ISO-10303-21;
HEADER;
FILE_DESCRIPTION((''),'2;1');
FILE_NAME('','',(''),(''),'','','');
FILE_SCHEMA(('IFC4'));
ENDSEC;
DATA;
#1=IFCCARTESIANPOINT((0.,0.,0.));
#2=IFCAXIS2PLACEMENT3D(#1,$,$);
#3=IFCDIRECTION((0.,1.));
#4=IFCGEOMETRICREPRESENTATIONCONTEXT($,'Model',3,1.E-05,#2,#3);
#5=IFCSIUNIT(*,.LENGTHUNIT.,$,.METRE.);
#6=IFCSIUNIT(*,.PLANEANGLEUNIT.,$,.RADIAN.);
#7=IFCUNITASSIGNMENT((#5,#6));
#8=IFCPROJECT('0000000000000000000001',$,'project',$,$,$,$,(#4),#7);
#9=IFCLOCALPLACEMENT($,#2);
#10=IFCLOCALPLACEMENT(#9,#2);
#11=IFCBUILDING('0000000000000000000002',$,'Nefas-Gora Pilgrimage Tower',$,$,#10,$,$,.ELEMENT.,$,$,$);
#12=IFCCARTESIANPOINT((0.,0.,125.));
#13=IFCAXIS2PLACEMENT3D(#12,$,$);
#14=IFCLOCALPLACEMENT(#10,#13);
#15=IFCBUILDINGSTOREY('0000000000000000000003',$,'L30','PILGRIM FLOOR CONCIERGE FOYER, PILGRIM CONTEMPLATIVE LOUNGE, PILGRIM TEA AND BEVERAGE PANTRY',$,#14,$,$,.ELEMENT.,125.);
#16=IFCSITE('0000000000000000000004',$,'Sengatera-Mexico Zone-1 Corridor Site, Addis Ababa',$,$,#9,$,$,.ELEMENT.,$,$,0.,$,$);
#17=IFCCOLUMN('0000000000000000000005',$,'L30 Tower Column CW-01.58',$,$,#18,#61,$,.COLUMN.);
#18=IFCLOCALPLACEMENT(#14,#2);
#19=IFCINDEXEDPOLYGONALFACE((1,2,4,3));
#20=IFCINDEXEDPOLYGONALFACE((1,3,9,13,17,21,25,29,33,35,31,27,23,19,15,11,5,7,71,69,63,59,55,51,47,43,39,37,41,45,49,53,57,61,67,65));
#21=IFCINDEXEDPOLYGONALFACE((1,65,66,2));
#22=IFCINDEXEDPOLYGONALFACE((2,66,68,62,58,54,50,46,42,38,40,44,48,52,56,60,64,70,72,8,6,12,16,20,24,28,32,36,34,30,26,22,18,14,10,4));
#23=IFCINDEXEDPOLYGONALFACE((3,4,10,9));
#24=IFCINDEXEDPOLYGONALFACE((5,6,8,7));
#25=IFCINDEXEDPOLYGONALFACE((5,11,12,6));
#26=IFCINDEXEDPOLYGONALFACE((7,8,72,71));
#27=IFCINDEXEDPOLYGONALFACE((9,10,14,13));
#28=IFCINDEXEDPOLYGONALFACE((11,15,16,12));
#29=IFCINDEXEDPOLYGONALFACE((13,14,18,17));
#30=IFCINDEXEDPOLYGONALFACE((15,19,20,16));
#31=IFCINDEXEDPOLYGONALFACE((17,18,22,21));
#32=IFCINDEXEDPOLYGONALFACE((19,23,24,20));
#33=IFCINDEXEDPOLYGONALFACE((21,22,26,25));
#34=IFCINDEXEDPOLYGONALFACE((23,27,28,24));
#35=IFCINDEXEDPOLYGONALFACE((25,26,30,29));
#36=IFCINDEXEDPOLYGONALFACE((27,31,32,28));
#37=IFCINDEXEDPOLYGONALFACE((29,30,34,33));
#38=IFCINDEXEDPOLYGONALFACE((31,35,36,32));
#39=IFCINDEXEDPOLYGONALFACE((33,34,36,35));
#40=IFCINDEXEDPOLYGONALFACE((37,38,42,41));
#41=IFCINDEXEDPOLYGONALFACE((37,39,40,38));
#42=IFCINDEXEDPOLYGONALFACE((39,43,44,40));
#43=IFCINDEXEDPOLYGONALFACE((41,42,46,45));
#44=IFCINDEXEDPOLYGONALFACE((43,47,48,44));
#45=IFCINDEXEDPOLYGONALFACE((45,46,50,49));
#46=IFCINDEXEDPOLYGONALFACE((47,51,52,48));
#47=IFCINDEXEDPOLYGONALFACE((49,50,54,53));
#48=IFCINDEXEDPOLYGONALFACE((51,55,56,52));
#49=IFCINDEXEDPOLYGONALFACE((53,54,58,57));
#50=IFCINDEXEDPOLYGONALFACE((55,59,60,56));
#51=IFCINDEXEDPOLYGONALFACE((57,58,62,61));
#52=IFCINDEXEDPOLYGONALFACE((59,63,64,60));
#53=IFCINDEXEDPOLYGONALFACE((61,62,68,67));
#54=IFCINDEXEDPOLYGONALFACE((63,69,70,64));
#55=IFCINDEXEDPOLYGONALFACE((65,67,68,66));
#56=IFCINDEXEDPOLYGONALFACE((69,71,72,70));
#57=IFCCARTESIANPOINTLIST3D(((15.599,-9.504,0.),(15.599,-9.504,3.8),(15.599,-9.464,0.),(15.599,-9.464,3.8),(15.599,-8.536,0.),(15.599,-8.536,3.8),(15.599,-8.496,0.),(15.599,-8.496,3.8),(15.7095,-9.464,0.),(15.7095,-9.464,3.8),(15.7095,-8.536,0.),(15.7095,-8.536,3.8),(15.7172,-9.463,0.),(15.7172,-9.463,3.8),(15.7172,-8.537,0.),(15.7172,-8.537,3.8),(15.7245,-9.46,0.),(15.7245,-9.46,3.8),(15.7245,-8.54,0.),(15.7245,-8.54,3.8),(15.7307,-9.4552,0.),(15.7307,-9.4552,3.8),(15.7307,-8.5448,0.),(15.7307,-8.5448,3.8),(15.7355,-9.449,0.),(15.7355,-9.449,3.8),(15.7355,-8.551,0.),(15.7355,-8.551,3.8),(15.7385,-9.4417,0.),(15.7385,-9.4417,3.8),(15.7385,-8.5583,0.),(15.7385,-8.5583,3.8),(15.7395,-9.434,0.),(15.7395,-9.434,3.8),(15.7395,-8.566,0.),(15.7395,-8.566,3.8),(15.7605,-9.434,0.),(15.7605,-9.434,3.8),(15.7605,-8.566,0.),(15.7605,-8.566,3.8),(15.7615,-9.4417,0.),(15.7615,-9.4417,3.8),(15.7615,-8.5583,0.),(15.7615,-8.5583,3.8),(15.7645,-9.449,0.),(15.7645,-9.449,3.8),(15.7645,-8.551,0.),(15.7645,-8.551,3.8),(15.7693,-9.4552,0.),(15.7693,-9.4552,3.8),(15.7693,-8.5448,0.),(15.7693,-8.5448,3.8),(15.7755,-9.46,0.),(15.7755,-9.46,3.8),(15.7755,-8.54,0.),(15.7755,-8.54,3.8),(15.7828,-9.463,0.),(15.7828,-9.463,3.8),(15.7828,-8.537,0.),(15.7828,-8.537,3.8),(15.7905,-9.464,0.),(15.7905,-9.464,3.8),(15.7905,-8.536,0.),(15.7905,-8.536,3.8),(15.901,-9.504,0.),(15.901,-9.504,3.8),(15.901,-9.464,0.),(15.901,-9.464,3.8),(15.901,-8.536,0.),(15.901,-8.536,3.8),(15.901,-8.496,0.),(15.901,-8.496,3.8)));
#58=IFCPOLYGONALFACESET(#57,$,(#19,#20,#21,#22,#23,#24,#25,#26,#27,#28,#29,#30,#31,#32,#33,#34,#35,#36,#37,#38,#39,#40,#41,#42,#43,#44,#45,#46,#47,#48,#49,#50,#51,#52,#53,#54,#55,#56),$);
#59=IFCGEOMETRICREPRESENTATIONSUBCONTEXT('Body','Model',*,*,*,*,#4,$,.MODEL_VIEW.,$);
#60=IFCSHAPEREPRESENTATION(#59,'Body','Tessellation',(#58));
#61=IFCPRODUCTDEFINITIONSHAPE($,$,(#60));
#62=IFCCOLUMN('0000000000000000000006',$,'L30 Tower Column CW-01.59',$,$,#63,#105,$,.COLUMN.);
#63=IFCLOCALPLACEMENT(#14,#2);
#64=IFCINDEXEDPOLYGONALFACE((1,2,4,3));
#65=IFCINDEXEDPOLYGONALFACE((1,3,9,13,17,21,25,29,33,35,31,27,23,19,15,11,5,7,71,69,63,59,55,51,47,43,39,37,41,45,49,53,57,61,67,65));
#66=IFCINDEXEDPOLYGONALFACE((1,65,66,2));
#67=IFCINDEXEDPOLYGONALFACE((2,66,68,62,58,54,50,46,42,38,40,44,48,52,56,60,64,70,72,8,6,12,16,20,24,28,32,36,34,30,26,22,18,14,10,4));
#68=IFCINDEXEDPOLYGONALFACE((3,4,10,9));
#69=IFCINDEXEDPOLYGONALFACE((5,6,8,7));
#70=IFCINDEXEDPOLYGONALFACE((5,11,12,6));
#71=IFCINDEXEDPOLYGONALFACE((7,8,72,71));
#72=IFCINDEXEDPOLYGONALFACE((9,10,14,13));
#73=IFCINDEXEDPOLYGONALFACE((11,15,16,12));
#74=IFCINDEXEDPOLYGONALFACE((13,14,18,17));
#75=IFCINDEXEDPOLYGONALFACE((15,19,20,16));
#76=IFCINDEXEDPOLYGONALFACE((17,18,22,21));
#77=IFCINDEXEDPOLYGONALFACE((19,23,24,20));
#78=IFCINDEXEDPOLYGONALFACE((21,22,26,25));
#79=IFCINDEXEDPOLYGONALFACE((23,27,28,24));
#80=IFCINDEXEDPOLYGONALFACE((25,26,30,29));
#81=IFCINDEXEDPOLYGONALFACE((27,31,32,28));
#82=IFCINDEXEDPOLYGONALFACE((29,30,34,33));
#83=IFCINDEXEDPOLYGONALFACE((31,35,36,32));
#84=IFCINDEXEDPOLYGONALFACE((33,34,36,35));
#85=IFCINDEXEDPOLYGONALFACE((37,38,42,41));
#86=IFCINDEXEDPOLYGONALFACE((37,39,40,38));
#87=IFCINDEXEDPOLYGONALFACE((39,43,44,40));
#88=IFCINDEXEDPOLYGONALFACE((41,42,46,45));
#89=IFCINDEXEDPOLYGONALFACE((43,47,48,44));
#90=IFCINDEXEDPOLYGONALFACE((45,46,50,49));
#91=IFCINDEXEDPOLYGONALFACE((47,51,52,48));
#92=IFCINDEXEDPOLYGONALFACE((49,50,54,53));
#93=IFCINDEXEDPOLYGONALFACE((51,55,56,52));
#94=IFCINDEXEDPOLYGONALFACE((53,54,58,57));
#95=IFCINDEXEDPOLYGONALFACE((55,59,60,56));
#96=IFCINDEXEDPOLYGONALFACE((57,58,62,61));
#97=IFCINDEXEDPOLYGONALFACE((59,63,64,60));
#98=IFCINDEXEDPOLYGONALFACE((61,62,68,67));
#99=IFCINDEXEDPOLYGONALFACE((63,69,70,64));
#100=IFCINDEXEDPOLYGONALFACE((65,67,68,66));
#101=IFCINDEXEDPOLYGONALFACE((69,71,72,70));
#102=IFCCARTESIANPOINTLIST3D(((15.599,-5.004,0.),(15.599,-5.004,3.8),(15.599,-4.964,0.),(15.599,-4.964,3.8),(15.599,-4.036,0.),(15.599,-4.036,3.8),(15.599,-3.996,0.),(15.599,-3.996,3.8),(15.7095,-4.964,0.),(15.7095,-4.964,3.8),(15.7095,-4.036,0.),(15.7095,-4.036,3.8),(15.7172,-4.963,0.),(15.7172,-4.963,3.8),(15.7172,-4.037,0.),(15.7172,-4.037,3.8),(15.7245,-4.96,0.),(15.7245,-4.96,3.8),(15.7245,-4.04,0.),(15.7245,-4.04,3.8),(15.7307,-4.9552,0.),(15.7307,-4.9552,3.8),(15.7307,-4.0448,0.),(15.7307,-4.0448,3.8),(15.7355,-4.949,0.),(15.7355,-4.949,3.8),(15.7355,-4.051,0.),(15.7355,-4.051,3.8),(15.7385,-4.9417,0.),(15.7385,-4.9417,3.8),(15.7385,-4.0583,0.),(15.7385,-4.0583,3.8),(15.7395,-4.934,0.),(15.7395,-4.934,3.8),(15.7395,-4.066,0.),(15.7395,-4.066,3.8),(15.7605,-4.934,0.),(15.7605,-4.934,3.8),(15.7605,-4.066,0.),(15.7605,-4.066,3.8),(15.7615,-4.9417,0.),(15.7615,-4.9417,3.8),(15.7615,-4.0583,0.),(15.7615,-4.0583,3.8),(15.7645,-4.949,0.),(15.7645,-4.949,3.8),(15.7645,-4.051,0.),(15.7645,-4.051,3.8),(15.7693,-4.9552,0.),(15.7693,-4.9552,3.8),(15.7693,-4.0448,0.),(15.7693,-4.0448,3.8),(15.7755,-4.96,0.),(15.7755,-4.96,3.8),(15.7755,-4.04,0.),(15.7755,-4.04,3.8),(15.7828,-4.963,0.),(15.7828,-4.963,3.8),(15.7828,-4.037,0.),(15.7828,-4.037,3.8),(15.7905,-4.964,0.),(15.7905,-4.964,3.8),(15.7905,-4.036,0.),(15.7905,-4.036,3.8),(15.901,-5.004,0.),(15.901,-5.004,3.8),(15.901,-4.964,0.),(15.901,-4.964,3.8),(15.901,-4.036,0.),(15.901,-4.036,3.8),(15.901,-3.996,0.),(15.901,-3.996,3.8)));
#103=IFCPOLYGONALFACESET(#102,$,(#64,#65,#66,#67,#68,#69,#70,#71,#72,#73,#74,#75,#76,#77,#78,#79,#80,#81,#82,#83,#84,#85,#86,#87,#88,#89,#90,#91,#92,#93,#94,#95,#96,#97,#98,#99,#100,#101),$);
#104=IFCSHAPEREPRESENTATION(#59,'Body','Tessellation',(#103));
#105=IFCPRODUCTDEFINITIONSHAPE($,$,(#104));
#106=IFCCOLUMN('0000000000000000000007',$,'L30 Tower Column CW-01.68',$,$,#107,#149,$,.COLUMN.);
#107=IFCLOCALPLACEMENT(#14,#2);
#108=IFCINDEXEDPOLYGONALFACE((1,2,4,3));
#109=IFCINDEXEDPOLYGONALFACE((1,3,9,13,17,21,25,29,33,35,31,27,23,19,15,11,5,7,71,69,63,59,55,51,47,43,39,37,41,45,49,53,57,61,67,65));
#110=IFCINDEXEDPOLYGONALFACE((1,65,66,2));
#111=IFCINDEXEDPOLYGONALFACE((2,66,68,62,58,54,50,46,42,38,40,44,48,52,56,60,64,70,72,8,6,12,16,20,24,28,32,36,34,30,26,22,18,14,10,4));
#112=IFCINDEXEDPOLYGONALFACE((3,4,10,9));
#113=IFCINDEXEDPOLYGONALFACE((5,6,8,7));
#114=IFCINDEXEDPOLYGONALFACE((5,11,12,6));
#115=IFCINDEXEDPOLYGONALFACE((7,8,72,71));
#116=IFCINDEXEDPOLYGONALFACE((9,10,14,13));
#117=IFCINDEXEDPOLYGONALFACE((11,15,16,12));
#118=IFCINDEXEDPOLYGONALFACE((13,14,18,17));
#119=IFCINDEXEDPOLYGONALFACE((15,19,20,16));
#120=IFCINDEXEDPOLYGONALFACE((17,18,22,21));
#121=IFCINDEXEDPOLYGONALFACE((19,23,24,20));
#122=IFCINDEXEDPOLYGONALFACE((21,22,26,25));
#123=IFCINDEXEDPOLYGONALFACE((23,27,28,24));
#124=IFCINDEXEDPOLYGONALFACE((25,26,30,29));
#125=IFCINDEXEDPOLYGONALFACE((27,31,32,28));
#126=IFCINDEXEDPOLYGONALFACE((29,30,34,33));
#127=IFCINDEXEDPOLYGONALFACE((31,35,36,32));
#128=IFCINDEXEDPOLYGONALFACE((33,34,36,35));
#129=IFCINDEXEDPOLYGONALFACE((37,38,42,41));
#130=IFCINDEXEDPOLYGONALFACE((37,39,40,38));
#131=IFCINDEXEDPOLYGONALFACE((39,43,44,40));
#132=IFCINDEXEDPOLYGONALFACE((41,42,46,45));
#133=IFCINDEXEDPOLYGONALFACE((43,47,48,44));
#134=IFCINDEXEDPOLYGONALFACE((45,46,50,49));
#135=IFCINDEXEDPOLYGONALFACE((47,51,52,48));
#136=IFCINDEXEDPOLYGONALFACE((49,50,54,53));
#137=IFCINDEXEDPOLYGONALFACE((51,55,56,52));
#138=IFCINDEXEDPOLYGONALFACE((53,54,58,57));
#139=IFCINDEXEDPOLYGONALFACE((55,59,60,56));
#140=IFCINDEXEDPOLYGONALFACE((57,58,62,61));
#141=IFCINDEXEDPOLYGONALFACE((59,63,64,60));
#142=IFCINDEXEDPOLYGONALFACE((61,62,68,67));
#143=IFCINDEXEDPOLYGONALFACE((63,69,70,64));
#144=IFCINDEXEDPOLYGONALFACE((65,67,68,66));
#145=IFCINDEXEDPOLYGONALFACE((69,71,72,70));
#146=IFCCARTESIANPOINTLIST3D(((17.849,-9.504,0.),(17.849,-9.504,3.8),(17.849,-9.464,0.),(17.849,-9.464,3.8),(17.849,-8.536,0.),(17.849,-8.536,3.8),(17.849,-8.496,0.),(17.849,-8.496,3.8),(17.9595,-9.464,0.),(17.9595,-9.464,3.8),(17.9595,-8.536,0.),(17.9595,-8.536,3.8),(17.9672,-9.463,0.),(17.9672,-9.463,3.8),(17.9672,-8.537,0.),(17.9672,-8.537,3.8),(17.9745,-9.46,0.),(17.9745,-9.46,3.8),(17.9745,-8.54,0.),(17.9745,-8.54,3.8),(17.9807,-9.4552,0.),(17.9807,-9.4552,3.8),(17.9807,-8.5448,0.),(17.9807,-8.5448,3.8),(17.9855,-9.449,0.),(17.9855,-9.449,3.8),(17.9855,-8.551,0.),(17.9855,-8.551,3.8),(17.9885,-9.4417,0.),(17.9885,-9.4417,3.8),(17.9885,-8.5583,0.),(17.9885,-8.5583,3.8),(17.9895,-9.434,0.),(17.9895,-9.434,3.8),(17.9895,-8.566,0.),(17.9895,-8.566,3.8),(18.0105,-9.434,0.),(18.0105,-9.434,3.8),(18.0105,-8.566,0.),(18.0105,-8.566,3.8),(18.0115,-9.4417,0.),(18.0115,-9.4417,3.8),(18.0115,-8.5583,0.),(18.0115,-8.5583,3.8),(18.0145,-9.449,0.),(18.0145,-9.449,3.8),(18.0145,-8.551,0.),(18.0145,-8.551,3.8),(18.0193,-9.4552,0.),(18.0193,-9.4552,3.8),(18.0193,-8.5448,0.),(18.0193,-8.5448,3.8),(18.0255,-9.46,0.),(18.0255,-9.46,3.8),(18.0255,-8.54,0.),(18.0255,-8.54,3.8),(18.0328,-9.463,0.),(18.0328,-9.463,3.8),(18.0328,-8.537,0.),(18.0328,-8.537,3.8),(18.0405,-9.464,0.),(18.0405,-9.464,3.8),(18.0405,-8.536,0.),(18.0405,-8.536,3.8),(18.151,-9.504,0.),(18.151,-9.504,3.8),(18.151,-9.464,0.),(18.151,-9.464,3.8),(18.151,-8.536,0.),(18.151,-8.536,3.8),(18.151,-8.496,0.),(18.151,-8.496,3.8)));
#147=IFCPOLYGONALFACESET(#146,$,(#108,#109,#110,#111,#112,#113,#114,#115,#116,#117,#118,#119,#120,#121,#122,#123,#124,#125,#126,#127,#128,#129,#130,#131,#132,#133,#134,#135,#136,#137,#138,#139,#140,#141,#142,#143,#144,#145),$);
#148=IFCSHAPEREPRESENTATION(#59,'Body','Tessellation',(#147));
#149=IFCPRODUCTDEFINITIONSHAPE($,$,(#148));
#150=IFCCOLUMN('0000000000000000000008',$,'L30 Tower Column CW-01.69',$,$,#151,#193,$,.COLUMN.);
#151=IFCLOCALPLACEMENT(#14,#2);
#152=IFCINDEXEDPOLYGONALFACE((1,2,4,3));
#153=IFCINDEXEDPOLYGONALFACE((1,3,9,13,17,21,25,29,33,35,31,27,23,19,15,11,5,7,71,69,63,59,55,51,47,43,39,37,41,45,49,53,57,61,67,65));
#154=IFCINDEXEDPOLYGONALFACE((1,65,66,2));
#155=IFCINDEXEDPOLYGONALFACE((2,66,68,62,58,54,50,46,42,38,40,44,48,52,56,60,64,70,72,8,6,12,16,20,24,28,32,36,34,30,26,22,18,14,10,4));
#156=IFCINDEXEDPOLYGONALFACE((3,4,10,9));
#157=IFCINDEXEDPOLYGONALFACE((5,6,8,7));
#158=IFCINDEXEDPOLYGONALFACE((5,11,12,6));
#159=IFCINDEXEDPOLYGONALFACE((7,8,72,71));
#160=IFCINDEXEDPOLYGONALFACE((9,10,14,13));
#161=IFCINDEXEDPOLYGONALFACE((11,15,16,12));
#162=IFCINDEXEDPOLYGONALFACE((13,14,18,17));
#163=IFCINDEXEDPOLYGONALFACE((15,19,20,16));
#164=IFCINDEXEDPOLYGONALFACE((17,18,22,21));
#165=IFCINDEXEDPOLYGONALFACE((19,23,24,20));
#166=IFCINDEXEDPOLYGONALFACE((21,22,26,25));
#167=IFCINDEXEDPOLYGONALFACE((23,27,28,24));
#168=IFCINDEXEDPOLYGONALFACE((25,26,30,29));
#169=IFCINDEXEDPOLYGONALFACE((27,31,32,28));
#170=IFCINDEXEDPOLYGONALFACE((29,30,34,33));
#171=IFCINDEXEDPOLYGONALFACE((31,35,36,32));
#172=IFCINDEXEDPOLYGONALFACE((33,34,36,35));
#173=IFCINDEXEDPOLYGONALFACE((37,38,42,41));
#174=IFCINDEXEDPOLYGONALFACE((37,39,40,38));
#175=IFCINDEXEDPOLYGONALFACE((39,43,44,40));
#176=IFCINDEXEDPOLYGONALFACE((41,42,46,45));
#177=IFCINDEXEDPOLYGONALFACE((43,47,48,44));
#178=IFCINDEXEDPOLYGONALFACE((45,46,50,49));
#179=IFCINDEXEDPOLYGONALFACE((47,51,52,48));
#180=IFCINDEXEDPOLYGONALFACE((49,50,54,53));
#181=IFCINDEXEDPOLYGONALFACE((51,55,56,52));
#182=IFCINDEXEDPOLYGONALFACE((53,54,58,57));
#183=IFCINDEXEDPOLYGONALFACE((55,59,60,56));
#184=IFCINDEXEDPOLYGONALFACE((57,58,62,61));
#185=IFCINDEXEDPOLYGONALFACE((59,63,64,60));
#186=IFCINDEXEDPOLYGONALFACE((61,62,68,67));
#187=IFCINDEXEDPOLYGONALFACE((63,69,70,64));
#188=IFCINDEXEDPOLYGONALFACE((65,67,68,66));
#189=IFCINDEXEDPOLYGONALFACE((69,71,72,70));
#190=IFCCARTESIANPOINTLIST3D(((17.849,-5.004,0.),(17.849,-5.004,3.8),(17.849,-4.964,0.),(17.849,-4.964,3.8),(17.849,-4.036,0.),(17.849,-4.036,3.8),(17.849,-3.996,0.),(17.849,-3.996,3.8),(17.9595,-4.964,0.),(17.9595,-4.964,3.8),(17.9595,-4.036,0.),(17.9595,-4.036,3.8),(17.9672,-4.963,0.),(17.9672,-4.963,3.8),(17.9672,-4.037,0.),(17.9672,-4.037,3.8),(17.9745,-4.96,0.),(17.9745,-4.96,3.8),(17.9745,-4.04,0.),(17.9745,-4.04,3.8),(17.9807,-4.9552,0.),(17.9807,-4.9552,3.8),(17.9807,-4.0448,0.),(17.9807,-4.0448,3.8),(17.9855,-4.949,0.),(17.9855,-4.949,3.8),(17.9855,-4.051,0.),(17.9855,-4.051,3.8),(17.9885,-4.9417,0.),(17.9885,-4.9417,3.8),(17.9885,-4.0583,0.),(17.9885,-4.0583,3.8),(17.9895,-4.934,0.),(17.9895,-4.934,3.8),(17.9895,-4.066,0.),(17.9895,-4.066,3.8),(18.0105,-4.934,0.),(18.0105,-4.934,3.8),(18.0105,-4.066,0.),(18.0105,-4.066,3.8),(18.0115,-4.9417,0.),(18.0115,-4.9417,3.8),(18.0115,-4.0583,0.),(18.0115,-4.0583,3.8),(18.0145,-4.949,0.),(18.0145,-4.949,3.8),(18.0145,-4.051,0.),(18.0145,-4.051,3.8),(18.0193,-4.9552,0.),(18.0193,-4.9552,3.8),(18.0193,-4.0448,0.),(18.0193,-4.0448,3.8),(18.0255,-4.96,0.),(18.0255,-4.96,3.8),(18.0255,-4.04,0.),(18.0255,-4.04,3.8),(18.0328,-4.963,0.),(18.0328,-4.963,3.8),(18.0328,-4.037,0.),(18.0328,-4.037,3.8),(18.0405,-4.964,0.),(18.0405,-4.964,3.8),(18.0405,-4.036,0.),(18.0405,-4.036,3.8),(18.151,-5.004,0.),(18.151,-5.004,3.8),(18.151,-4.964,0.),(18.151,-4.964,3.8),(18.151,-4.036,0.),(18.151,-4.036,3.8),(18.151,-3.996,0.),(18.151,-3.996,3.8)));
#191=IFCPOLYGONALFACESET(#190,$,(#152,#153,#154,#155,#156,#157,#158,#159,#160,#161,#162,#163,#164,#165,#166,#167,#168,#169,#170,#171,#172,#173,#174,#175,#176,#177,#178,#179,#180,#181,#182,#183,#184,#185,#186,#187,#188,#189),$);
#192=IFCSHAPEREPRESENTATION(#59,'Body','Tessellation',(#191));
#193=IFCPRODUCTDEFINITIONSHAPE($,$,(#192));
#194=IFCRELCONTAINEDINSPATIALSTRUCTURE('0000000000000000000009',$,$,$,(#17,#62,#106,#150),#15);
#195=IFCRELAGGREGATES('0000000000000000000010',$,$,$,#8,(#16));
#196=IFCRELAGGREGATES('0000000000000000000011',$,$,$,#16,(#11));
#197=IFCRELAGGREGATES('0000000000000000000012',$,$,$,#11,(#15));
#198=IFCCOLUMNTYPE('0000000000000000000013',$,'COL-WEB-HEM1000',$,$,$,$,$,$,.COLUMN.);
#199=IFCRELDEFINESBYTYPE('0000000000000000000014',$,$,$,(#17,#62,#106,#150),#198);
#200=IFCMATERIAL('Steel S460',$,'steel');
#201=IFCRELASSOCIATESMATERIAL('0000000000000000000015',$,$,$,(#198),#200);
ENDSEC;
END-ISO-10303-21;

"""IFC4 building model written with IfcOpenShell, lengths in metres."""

from ifc_helpers import new_model, si_unit, direction, frame, origin, origin_2d, place, context, subcontext, project, spatial, i_section, extrude, source, transform, mapped, material, material_profile, profile_set, type_object, element, save


model = new_model("IFC4")

# Units and contexts
model_context = context("Model", 3, precision=1e-05, world=origin(), true_north=direction((0.0, 1.0)))
body_context = subcontext(model_context, "Body", "Model", "MODEL_VIEW")
ifc_project = project(units=[si_unit("LENGTHUNIT", "METRE"), si_unit("PLANEANGLEUNIT", "RADIAN")], contexts=[model_context])

# Site, building, storey
site_placement = place(None, origin())
site = spatial("IfcSite", under=ifc_project, at=site_placement, Name="Sengatera-Mexico Zone-1 Corridor Site, Addis Ababa", CompositionType="ELEMENT", RefElevation=0.0)
building_placement = place(site_placement, origin())
building = spatial("IfcBuilding", under=site, at=building_placement, Name="Nefas-Gora Pilgrimage Tower", CompositionType="ELEMENT")
storey_placement = place(building_placement, frame((0.0, 0.0, 125.0)))
storey = spatial("IfcBuildingStorey", under=building, at=storey_placement, Name="L30", Description="PILGRIM FLOOR CONCIERGE FOYER, PILGRIM CONTEMPLATIVE LOUNGE, PILGRIM TEA AND BEVERAGE PANTRY", CompositionType="ELEMENT", Elevation=125.0)

# Columns
ifc_material_1 = material(Name="Steel S460", Category="steel")
ifc_material_profile_1 = material_profile(ifc_material_1, i_section(OverallWidth=0.302, OverallDepth=1.0081, WebThickness=0.021, FlangeThickness=0.04, FilletRadius=0.03, at=origin_2d()), Name="HEM 1000")
ifc_profile_set_1 = profile_set([ifc_material_profile_1], Name="Steel S460")
column_type_1 = type_object("IfcColumnType", Name="COL-WEB-HEM1000", PredefinedType="COLUMN", material=ifc_profile_set_1)
shared_shape_1 = source(origin(), body_context, "Body", "SweptSolid", [
    extrude(i_section(OverallWidth=0.302, OverallDepth=1.0081, WebThickness=0.021, FlangeThickness=0.04, FilletRadius=0.03, at=origin_2d()), origin(), (0.0, 0.0, 1.0), 3.8),
])
for number, where, z_axis, x_axis, name in (
    (1, (15.75, -9.0, 0.0), (0.0, 0.0, 1.0), (1.0, 0.0, 0.0), "L30 Tower Column CW-01.58"),
    (2, (15.75, -4.5, 0.0), (0.0, 0.0, 1.0), (1.0, 0.0, 0.0), "L30 Tower Column CW-01.59"),
    (3, (18.0, -9.0, 0.0), (0.0, 0.0, 1.0), (1.0, 0.0, 0.0), "L30 Tower Column CW-01.68"),
    (4, (18.0, -4.5, 0.0), (0.0, 0.0, 1.0), (1.0, 0.0, 0.0), "L30 Tower Column CW-01.69"),
):
    element("IfcColumn", number, at=place(storey_placement, frame(where, z_axis=z_axis, x_axis=x_axis)), inside=storey, type_object=column_type_1, Name=name, PredefinedType="COLUMN", context=body_context, shape_type="MappedRepresentation", body=[
        mapped(shared_shape_1, transform((0.0, 0.0, 0.0), x_axis=(1.0, 0.0, 0.0), y_axis=(0.0, 1.0, 0.0), z_axis=(0.0, 0.0, 1.0), scale=1.0)),
    ])

save(model, "model.ifc")
